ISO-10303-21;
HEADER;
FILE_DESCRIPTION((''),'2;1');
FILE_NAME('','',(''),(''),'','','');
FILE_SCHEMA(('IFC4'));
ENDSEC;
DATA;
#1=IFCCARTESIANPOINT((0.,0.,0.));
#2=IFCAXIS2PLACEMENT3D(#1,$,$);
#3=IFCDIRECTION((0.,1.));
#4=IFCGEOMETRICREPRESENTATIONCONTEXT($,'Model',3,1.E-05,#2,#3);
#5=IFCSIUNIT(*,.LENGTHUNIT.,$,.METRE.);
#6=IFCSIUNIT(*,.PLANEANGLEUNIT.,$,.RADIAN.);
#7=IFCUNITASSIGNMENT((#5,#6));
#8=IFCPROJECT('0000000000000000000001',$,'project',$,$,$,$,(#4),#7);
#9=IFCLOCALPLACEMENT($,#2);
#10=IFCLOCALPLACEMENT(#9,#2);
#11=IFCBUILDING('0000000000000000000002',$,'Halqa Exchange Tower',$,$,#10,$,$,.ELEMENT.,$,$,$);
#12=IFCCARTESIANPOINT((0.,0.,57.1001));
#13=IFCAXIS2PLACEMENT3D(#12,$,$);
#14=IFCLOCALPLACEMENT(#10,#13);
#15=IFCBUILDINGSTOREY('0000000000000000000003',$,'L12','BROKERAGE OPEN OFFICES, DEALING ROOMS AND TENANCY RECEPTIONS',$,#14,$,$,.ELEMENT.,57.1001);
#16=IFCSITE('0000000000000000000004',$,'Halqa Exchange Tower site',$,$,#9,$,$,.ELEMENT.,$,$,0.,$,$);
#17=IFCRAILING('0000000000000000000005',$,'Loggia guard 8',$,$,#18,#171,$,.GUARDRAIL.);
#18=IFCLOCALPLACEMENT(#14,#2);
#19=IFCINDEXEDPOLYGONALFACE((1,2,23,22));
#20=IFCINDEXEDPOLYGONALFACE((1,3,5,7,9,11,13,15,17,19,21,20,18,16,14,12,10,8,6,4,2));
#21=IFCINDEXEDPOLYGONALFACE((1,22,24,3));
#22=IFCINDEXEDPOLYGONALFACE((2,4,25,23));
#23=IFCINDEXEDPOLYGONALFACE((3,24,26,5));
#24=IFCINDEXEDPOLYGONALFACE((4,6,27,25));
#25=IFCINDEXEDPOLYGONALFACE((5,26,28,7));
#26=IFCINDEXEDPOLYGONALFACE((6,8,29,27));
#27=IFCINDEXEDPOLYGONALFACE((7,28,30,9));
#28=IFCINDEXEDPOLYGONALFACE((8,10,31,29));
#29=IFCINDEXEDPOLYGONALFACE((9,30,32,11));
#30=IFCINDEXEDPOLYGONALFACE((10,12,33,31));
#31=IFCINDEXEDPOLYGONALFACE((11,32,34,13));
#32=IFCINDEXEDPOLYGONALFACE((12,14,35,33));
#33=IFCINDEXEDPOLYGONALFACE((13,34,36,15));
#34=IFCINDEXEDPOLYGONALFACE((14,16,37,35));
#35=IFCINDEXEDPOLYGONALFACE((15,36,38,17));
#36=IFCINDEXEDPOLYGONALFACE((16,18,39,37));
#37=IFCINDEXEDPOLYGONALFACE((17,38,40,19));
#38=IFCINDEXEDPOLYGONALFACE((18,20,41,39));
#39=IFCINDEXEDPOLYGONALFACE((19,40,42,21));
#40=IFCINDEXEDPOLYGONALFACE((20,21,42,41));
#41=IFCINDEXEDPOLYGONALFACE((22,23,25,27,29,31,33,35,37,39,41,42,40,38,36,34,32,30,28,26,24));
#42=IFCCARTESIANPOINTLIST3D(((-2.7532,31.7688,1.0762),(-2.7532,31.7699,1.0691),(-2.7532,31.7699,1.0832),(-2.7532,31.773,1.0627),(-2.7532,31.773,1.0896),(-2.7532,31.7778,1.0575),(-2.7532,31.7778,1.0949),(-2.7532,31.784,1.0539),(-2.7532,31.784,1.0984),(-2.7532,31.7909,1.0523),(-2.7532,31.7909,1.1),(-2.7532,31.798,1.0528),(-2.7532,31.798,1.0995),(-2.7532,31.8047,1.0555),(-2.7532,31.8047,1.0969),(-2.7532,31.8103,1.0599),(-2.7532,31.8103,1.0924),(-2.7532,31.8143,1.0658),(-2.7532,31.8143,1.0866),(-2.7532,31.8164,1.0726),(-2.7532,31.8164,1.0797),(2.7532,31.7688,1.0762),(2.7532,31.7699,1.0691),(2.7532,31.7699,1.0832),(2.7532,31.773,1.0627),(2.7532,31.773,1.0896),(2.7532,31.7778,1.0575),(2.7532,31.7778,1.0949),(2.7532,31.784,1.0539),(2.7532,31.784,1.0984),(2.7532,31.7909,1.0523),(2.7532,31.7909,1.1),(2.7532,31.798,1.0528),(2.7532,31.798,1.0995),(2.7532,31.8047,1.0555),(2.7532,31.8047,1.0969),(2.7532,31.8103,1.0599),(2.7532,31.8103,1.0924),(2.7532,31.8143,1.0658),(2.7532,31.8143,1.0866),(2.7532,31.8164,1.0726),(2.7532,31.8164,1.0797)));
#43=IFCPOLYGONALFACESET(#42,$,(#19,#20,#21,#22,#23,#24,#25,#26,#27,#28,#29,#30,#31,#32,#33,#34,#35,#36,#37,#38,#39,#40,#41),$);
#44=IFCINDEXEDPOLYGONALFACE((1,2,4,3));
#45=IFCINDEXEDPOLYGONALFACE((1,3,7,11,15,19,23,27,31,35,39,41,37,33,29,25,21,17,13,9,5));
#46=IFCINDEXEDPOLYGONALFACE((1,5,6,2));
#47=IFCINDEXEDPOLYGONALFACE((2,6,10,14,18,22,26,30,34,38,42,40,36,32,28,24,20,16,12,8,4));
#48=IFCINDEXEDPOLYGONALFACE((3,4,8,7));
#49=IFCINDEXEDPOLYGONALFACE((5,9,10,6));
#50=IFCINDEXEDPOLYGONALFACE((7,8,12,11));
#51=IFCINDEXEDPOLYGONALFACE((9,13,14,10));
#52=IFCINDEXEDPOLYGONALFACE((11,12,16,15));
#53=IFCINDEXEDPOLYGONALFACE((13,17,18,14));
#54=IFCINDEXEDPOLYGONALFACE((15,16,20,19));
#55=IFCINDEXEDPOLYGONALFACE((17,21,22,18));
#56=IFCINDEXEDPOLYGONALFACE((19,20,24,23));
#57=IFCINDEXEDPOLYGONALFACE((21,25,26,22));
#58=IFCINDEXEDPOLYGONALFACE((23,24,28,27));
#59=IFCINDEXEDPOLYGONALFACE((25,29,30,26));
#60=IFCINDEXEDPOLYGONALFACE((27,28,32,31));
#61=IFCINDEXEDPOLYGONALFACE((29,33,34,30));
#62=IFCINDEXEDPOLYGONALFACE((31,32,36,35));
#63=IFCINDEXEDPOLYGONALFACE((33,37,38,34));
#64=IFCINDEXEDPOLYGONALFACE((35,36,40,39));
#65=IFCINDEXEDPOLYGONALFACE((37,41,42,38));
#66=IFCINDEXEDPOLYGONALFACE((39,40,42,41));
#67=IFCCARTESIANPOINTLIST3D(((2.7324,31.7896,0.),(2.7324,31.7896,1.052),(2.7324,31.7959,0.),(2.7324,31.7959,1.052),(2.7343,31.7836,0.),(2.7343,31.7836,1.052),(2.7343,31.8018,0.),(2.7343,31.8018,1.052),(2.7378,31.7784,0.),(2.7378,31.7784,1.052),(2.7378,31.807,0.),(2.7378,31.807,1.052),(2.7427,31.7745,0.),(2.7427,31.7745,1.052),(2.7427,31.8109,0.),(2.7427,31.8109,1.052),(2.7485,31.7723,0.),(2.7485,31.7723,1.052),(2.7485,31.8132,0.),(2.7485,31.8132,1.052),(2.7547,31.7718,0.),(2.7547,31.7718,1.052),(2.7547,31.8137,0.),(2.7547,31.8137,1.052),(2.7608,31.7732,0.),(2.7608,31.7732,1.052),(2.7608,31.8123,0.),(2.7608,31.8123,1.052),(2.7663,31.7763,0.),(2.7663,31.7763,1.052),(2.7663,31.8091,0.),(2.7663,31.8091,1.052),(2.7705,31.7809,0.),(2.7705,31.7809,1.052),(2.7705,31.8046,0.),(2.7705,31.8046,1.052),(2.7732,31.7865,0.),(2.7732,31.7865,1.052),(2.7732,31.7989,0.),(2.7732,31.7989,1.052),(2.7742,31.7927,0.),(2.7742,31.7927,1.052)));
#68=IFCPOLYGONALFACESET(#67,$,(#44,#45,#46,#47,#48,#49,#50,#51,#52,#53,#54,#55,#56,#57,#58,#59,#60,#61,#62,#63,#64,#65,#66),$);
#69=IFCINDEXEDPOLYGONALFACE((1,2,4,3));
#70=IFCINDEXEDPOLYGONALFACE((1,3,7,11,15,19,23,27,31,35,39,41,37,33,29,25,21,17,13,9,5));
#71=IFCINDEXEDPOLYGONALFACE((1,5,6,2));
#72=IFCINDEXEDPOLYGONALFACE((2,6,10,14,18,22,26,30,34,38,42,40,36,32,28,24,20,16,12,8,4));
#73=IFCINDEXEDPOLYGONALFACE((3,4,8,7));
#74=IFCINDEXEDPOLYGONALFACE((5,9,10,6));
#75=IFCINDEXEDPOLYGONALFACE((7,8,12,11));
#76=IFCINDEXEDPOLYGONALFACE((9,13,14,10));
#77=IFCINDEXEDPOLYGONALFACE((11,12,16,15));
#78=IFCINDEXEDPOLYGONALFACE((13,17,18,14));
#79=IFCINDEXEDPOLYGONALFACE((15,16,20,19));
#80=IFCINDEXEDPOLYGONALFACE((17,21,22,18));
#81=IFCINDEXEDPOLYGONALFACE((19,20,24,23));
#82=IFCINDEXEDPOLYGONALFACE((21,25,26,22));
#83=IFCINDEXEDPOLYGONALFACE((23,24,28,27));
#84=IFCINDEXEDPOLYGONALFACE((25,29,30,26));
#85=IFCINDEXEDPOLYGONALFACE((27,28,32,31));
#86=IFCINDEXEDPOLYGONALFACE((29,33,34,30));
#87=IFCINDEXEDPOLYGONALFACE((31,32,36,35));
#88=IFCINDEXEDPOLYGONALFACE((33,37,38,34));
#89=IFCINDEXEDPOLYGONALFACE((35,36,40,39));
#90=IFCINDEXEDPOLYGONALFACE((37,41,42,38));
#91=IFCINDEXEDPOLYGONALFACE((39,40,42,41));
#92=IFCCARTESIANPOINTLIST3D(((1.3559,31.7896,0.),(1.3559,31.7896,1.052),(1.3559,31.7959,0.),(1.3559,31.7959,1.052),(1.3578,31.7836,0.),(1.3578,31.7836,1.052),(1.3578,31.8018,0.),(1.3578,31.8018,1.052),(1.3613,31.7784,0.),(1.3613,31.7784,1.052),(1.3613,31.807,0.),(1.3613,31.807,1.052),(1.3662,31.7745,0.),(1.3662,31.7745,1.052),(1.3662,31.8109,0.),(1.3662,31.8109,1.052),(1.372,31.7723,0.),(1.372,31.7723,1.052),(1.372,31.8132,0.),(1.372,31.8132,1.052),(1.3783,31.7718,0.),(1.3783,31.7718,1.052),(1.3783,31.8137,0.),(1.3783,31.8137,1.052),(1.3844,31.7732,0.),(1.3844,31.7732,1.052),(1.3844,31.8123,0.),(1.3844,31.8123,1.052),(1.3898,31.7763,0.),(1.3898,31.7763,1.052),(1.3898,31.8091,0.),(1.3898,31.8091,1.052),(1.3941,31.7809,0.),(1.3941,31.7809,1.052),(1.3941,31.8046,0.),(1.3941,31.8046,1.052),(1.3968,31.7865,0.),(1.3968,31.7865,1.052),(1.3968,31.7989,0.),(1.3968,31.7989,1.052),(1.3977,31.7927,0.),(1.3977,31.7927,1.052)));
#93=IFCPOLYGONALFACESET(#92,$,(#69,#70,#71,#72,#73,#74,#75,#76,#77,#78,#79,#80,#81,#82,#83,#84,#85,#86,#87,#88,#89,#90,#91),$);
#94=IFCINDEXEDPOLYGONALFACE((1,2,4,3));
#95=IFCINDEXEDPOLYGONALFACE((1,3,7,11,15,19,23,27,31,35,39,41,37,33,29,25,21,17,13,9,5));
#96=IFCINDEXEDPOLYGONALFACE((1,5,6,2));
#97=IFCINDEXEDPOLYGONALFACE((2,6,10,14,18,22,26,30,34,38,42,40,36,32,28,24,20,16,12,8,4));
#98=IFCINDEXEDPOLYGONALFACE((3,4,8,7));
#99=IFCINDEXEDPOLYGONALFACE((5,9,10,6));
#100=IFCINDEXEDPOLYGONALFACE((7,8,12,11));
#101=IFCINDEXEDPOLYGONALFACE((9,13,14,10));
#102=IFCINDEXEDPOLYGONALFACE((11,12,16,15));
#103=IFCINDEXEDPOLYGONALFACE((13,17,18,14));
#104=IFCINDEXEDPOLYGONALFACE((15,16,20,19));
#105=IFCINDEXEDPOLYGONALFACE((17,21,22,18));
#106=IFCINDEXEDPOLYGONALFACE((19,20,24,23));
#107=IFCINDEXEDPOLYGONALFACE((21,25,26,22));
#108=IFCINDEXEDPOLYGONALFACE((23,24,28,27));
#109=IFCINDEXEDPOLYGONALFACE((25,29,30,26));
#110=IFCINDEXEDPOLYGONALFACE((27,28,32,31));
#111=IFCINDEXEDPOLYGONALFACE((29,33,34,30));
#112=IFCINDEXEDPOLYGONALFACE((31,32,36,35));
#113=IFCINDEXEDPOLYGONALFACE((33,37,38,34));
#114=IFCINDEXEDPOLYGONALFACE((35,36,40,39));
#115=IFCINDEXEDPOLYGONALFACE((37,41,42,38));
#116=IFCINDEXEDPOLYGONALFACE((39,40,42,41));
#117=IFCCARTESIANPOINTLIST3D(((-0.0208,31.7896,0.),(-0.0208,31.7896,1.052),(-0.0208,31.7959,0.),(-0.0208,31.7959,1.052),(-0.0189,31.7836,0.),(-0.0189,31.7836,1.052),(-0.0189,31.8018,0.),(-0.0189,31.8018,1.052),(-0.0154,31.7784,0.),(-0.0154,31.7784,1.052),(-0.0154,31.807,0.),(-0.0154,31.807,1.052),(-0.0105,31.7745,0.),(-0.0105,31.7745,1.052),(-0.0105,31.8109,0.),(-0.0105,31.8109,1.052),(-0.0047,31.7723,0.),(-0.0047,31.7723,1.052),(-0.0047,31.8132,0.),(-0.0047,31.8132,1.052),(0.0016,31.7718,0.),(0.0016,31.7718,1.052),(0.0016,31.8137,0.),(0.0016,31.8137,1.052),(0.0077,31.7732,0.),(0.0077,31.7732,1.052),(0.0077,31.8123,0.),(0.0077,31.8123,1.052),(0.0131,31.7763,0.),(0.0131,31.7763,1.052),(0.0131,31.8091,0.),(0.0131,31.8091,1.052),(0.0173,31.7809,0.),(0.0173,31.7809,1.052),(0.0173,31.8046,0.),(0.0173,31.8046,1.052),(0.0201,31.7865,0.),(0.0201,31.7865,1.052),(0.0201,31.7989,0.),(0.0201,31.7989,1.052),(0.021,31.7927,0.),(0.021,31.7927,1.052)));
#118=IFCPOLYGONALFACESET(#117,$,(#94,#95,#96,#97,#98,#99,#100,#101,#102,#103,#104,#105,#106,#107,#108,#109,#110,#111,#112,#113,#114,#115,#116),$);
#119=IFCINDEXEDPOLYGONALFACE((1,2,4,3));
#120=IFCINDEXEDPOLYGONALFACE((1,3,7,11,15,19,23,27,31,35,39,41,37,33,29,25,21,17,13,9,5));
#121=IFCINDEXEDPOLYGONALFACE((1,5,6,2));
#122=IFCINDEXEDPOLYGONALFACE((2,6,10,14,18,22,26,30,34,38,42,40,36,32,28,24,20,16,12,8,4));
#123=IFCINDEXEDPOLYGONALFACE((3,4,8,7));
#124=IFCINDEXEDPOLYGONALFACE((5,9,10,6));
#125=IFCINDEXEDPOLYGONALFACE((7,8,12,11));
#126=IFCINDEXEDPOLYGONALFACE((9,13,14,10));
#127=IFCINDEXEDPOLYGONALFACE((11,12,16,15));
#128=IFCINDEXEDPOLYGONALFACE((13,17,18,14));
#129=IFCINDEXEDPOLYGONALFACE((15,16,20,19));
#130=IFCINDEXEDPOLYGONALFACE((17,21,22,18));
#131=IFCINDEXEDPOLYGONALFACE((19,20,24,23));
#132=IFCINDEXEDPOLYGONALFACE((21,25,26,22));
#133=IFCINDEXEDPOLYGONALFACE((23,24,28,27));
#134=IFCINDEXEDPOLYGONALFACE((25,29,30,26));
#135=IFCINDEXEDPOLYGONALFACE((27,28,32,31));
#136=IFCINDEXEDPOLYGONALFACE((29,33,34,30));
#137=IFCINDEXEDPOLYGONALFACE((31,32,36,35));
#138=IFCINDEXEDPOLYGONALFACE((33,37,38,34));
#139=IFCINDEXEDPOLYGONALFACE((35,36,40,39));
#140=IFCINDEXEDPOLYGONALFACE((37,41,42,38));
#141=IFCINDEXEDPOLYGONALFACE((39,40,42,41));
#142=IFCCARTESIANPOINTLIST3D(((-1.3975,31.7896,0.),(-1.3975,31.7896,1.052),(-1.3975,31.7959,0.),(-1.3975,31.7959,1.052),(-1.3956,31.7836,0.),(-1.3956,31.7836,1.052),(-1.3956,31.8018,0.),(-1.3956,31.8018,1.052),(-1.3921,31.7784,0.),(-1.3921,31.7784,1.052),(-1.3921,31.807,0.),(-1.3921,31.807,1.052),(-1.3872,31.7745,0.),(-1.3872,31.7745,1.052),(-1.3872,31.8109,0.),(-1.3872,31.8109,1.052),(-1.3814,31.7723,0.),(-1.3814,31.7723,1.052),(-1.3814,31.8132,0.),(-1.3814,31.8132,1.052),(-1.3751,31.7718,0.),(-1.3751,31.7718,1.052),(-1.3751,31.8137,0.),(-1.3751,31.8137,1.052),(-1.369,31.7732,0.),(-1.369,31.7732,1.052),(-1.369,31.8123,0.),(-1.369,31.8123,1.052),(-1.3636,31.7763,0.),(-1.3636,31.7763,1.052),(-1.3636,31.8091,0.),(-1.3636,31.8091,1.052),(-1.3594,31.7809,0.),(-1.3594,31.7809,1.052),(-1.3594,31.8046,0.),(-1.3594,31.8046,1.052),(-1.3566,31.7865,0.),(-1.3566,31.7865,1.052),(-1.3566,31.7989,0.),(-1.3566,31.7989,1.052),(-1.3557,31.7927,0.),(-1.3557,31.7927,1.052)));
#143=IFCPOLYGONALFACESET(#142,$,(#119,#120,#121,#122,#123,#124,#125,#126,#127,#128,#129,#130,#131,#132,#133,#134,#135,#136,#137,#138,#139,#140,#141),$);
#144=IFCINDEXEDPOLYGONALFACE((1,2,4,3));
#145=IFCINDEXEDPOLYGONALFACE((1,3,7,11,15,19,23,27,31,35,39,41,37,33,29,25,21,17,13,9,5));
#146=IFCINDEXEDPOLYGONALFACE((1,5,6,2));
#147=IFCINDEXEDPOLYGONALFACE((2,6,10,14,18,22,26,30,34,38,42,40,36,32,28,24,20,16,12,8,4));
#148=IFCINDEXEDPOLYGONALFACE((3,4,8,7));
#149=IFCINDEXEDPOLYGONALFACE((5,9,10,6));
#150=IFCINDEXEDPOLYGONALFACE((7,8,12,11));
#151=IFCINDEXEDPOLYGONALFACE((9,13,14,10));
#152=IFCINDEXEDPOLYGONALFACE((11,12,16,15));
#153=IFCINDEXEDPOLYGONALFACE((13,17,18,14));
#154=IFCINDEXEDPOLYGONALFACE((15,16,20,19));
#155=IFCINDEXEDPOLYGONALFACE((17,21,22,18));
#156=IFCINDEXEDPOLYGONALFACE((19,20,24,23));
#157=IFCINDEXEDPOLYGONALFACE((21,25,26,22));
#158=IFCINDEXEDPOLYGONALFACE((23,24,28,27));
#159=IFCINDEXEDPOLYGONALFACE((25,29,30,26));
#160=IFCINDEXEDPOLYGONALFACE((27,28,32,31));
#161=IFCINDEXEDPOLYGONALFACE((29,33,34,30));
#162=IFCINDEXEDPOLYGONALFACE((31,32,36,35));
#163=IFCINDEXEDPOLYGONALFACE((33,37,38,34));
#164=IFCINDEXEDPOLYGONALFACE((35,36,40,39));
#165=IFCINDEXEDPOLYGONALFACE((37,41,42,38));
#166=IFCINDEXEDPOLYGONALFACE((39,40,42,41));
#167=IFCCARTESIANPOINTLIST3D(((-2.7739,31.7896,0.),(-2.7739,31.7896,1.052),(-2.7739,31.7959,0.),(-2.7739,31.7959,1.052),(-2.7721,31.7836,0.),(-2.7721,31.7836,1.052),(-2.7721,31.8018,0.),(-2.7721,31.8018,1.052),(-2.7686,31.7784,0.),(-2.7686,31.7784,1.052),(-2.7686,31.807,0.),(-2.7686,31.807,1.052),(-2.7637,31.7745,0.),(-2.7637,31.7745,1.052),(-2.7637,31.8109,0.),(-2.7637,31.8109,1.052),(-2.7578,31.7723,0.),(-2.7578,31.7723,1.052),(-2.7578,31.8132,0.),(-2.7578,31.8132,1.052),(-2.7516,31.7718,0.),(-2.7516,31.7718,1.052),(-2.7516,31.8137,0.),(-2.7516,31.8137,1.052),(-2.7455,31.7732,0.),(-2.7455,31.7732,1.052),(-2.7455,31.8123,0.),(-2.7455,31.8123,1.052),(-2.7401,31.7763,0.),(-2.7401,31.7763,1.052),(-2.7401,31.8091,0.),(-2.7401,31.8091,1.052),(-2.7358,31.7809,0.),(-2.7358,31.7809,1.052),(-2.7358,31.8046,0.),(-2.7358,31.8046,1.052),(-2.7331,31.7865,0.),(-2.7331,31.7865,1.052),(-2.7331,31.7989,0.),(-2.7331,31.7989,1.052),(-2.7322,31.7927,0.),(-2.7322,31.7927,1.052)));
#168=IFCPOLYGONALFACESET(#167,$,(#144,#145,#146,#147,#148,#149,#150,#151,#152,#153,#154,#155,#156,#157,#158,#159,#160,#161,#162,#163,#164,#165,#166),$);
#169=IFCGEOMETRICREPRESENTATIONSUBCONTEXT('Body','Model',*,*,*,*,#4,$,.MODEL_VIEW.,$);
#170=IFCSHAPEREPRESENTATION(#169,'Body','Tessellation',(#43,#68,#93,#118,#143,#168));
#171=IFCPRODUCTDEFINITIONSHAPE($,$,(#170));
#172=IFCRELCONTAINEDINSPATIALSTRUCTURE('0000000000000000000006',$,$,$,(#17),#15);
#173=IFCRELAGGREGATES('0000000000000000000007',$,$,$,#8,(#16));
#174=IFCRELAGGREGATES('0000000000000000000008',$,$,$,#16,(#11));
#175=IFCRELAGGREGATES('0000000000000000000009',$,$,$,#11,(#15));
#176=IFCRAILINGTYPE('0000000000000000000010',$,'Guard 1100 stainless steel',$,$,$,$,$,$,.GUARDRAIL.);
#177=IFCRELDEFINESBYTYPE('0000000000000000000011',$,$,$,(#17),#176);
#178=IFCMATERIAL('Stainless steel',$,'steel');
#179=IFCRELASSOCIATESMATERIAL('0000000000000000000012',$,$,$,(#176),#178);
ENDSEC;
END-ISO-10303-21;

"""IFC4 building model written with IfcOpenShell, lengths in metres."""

from ifc_helpers import new_model, si_unit, direction, frame, origin, origin_2d, place, context, subcontext, project, spatial, circle, extrude, material, type_object, element, save


model = new_model("IFC4")

# Units and contexts
model_context = context("Model", 3, precision=1e-05, world=origin(), true_north=direction((0.0, 1.0)))
body_context = subcontext(model_context, "Body", "Model", "MODEL_VIEW")
ifc_project = project(units=[si_unit("LENGTHUNIT", "METRE"), si_unit("PLANEANGLEUNIT", "RADIAN")], contexts=[model_context])

# Site, building, storey
site_placement = place(None, origin())
site = spatial("IfcSite", under=ifc_project, at=site_placement, Name="Halqa Exchange Tower site", CompositionType="ELEMENT", RefElevation=0.0)
building_placement = place(site_placement, origin())
building = spatial("IfcBuilding", under=site, at=building_placement, Name="Halqa Exchange Tower", CompositionType="ELEMENT")
storey_placement = place(building_placement, frame((0.0, 0.0, 57.1001)))
storey = spatial("IfcBuildingStorey", under=building, at=storey_placement, Name="L12", Description="BROKERAGE OPEN OFFICES, DEALING ROOMS AND TENANCY RECEPTIONS", CompositionType="ELEMENT", Elevation=57.1001)

# Railing
ifc_material_1 = material(Name="Stainless steel", Category="steel")
railing_type_1 = type_object("IfcRailingType", Name="Guard 1100 stainless steel", PredefinedType="GUARDRAIL", material=ifc_material_1)
railing_1_placement = place(storey_placement, frame((2.7532, 31.7927, 0.0)))
element("IfcRailing", 1, at=railing_1_placement, inside=storey, type_object=railing_type_1, Name="Loggia guard 8", PredefinedType="GUARDRAIL", context=body_context, shape_type="SweptSolid", body=[
    extrude(circle(Radius=0.0239, at=origin_2d()), frame((0.0, 0.0, 1.0762), z_axis=(-1.0, 0.0, 0.0), x_axis=(0.0, -1.0, 0.0)), (0.0, 0.0, 1.0), 5.5063),
    extrude(circle(Radius=0.021, at=origin_2d()), origin(), (0.0, 0.0, 1.0), 1.052),
    extrude(circle(Radius=0.021, at=origin_2d()), frame((-1.3765, 0.0, 0.0)), (0.0, 0.0, 1.0), 1.052),
    extrude(circle(Radius=0.021, at=origin_2d()), frame((-2.7532, 0.0, 0.0)), (0.0, 0.0, 1.0), 1.052),
    extrude(circle(Radius=0.021, at=origin_2d()), frame((-4.1299, 0.0, 0.0)), (0.0, 0.0, 1.0), 1.052),
    extrude(circle(Radius=0.021, at=origin_2d()), frame((-5.5063, 0.0, 0.0)), (0.0, 0.0, 1.0), 1.052),
])

save(model, "model.ifc")
